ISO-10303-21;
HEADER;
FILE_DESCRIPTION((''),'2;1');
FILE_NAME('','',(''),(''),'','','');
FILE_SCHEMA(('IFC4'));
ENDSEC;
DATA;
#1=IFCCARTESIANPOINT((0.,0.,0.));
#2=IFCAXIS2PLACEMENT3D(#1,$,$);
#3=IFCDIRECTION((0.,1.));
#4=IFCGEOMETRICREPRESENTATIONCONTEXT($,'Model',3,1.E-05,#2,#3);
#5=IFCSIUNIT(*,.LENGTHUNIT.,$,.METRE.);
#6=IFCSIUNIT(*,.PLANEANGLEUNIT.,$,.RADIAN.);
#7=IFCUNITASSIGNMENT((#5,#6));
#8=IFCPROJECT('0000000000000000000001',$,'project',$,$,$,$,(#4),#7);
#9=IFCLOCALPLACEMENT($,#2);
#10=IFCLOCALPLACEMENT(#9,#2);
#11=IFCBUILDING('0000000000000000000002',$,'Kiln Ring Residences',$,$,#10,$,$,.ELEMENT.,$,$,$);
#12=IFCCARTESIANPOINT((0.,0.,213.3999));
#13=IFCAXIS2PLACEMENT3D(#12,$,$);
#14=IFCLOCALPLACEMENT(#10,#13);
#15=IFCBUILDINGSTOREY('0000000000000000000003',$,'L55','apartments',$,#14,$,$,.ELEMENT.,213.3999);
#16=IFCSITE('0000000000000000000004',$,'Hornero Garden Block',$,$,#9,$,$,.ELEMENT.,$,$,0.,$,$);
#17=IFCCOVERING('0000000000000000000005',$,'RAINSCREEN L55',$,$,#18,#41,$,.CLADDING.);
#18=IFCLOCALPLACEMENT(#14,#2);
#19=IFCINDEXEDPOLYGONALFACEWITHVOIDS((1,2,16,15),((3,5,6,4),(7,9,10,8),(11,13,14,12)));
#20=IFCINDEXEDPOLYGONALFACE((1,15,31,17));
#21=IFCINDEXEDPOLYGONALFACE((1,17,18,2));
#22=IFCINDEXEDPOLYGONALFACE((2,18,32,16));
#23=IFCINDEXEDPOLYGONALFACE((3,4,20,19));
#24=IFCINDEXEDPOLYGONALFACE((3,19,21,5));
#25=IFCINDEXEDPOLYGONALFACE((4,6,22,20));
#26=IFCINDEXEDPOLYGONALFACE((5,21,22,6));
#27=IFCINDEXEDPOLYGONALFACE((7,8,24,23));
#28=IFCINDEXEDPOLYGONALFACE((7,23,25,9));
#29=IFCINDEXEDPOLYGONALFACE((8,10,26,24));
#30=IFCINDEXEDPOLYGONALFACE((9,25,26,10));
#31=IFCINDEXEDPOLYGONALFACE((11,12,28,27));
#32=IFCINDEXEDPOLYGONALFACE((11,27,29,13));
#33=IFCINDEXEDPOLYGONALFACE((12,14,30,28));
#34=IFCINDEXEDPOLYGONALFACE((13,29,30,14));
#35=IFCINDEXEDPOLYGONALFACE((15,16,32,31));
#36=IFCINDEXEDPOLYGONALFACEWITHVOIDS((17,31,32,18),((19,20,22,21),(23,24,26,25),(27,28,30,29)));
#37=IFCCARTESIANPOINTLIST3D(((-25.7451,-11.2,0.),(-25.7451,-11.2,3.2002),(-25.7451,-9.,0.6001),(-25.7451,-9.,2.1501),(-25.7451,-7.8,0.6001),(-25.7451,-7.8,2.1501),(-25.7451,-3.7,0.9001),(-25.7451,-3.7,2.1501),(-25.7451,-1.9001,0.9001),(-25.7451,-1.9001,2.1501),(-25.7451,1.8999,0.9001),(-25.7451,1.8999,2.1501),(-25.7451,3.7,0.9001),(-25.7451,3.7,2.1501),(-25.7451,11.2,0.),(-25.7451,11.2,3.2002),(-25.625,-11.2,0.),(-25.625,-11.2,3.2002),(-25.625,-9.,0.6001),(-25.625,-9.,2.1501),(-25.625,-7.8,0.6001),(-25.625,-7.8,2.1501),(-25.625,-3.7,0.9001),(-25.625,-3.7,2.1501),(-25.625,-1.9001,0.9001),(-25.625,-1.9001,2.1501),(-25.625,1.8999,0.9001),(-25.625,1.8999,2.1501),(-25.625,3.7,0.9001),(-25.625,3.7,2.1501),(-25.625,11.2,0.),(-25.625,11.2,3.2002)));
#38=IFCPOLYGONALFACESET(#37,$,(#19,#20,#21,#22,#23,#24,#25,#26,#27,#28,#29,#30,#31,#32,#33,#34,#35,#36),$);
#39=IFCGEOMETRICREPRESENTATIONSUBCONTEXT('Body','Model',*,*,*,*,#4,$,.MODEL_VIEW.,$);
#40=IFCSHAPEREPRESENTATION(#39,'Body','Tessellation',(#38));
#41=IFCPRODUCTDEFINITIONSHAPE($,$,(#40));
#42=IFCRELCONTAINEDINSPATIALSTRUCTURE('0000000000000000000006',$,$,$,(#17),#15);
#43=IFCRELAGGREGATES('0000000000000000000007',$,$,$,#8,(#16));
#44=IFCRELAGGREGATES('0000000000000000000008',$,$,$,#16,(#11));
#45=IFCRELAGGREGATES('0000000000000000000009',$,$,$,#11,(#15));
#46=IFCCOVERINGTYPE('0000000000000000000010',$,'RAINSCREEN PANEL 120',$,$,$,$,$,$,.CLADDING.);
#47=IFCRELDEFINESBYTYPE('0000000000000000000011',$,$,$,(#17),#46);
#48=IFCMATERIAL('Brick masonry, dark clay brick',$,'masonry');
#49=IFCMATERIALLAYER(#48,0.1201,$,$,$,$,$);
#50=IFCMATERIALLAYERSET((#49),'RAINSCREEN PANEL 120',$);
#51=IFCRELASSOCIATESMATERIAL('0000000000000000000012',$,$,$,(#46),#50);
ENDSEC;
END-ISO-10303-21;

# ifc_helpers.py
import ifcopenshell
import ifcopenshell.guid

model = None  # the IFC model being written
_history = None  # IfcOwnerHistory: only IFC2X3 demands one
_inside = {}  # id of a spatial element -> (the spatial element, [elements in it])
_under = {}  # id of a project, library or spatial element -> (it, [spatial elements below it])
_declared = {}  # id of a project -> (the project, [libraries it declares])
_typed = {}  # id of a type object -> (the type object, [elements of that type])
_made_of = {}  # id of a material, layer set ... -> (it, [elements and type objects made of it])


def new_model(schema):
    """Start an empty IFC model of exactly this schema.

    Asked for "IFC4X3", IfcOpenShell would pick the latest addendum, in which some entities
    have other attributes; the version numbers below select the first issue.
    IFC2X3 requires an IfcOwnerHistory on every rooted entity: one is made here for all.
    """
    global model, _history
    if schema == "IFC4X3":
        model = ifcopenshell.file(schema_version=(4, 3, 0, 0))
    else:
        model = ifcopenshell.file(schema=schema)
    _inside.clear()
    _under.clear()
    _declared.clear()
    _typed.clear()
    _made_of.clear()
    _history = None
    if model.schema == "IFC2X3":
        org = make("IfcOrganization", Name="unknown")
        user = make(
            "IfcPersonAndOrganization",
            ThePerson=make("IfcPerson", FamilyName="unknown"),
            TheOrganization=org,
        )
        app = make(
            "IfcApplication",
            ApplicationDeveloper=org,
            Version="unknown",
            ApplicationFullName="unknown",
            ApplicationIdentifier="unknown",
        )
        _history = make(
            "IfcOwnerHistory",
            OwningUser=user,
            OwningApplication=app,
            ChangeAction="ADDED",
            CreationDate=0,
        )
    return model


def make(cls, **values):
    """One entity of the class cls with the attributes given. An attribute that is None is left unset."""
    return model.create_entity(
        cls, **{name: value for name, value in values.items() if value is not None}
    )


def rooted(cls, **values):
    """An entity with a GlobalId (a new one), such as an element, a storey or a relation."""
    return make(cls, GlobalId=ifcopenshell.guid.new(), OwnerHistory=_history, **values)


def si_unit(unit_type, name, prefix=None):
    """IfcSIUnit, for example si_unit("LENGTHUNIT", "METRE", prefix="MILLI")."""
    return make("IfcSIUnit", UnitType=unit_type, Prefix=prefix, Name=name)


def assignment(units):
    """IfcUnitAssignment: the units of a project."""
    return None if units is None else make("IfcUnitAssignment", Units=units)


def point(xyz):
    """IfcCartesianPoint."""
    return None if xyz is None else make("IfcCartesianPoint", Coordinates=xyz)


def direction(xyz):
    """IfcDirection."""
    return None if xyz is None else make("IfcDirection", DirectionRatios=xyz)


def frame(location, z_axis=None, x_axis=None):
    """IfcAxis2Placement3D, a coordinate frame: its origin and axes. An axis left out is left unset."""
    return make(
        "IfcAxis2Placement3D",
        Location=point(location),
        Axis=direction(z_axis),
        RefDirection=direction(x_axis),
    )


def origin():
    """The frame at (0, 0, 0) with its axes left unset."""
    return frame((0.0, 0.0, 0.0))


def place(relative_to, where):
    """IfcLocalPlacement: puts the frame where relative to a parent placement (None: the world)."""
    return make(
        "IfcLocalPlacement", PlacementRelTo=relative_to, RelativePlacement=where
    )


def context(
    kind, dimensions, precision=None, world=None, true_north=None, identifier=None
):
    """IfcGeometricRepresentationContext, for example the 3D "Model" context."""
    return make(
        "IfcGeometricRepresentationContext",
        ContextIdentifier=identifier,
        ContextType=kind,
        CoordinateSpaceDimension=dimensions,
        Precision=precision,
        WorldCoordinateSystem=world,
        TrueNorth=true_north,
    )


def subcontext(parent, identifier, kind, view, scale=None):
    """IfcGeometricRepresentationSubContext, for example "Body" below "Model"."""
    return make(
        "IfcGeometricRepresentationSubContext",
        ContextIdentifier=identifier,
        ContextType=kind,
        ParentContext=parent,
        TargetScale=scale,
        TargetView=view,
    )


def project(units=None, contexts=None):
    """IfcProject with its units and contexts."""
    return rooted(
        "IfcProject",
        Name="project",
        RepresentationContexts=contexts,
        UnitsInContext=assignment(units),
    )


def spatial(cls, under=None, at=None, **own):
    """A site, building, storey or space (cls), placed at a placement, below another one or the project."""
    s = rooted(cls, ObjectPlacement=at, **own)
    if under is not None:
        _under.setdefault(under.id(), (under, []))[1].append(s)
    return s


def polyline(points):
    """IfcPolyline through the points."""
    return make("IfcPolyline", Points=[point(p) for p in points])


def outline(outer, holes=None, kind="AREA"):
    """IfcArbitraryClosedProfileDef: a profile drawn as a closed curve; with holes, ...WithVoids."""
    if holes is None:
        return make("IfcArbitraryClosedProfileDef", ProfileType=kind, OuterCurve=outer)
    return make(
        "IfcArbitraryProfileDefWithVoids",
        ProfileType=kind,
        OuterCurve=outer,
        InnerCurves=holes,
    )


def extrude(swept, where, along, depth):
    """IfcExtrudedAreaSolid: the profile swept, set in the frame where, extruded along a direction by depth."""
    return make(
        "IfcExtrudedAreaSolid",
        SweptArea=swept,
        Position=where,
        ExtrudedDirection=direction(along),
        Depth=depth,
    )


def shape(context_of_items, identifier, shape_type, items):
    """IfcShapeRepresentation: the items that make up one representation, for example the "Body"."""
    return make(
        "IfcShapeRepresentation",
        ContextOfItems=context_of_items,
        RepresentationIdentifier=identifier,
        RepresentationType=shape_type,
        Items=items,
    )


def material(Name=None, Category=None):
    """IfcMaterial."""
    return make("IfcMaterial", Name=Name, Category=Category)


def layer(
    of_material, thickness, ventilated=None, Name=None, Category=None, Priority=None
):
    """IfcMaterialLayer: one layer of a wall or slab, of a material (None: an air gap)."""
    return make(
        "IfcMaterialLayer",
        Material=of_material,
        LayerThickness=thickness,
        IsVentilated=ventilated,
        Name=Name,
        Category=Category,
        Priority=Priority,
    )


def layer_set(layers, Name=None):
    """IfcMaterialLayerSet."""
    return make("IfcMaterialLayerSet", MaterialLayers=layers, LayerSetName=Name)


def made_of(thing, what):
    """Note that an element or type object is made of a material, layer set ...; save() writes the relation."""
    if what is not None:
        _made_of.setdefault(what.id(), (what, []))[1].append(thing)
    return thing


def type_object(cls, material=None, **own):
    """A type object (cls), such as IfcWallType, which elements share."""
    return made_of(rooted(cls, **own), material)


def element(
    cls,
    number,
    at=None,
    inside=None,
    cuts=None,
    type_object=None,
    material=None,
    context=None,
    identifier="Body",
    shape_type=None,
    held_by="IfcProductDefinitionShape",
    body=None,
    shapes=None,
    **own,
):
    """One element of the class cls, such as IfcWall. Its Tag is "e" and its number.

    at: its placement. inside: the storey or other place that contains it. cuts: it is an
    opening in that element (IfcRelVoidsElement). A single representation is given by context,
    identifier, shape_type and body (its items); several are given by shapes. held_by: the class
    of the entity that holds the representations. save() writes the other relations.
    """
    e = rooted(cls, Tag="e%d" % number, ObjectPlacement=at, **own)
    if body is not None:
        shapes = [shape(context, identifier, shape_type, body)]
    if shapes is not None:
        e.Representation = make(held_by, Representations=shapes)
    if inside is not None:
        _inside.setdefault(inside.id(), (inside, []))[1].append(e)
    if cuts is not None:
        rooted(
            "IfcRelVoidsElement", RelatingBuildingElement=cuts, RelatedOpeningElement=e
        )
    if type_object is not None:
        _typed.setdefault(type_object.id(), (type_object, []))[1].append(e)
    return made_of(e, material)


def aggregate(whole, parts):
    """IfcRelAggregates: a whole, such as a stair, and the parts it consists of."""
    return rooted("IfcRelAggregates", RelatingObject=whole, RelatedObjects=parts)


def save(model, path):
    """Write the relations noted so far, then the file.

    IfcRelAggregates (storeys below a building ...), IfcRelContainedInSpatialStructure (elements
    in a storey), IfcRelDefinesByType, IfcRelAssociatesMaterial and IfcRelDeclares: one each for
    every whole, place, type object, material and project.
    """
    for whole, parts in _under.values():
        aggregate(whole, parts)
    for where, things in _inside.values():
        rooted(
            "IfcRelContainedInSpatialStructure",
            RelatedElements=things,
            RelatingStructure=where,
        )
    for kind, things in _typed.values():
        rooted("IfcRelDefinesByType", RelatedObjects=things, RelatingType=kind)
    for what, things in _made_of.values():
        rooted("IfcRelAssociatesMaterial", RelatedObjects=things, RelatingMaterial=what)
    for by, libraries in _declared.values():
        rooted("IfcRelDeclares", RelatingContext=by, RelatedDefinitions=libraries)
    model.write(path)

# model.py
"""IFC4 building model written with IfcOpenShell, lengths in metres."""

from ifc_helpers import new_model, si_unit, direction, frame, origin, place, context, subcontext, project, spatial, polyline, outline, extrude, material, layer, layer_set, type_object, element, save


model = new_model("IFC4")

# Units and contexts
model_context = context("Model", 3, precision=1e-05, world=origin(), true_north=direction((0.0, 1.0)))
body_context = subcontext(model_context, "Body", "Model", "MODEL_VIEW")
ifc_project = project(units=[si_unit("LENGTHUNIT", "METRE"), si_unit("PLANEANGLEUNIT", "RADIAN")], contexts=[model_context])

# Site, building, storey
site_placement = place(None, origin())
site = spatial("IfcSite", under=ifc_project, at=site_placement, Name="Hornero Garden Block", CompositionType="ELEMENT", RefElevation=0.0)
building_placement = place(site_placement, origin())
building = spatial("IfcBuilding", under=site, at=building_placement, Name="Kiln Ring Residences", CompositionType="ELEMENT")
storey_placement = place(building_placement, frame((0.0, 0.0, 213.3999)))
storey = spatial("IfcBuildingStorey", under=building, at=storey_placement, Name="L55", Description="apartments", CompositionType="ELEMENT", Elevation=213.3999)

# Covering
ifc_material_1 = material(Name="Brick masonry, dark clay brick", Category="masonry")
ifc_layer_1 = layer(ifc_material_1, 0.1201)
ifc_layer_set_1 = layer_set([ifc_layer_1], Name="RAINSCREEN PANEL 120")
covering_type = type_object("IfcCoveringType", Name="RAINSCREEN PANEL 120", PredefinedType="CLADDING", material=ifc_layer_set_1)
covering_placement = place(storey_placement, frame((-25.6851, 11.2, 0.0), z_axis=(0.0, 0.0, 1.0), x_axis=(0.0, -1.0, 0.0)))
element("IfcCovering", 1, at=covering_placement, inside=storey, type_object=covering_type, Name="RAINSCREEN L55", PredefinedType="CLADDING", context=body_context, shape_type="SweptSolid", body=[
    extrude(outline(polyline([(0.0, 0.0), (22.3999, 0.0), (22.3999, 3.2002), (0.0, 3.2002), (0.0, 0.0)]), holes=[polyline([(20.2, 2.1501), (19.0, 2.1501), (19.0, 0.6001), (20.2, 0.6001), (20.2, 2.1501)]), polyline([(9.3, 0.9001), (9.3, 2.1501), (7.5, 2.1501), (7.5, 0.9001), (9.3, 0.9001)]), polyline([(14.8999, 0.9001), (14.8999, 2.1501), (13.1001, 2.1501), (13.1001, 0.9001), (14.8999, 0.9001)])]), frame((0.0, 0.0601, 0.0), z_axis=(0.0, -1.0, 0.0), x_axis=(1.0, 0.0, 0.0)), (0.0, 0.0, 1.0), 0.1201),
])

save(model, "model.ifc")
